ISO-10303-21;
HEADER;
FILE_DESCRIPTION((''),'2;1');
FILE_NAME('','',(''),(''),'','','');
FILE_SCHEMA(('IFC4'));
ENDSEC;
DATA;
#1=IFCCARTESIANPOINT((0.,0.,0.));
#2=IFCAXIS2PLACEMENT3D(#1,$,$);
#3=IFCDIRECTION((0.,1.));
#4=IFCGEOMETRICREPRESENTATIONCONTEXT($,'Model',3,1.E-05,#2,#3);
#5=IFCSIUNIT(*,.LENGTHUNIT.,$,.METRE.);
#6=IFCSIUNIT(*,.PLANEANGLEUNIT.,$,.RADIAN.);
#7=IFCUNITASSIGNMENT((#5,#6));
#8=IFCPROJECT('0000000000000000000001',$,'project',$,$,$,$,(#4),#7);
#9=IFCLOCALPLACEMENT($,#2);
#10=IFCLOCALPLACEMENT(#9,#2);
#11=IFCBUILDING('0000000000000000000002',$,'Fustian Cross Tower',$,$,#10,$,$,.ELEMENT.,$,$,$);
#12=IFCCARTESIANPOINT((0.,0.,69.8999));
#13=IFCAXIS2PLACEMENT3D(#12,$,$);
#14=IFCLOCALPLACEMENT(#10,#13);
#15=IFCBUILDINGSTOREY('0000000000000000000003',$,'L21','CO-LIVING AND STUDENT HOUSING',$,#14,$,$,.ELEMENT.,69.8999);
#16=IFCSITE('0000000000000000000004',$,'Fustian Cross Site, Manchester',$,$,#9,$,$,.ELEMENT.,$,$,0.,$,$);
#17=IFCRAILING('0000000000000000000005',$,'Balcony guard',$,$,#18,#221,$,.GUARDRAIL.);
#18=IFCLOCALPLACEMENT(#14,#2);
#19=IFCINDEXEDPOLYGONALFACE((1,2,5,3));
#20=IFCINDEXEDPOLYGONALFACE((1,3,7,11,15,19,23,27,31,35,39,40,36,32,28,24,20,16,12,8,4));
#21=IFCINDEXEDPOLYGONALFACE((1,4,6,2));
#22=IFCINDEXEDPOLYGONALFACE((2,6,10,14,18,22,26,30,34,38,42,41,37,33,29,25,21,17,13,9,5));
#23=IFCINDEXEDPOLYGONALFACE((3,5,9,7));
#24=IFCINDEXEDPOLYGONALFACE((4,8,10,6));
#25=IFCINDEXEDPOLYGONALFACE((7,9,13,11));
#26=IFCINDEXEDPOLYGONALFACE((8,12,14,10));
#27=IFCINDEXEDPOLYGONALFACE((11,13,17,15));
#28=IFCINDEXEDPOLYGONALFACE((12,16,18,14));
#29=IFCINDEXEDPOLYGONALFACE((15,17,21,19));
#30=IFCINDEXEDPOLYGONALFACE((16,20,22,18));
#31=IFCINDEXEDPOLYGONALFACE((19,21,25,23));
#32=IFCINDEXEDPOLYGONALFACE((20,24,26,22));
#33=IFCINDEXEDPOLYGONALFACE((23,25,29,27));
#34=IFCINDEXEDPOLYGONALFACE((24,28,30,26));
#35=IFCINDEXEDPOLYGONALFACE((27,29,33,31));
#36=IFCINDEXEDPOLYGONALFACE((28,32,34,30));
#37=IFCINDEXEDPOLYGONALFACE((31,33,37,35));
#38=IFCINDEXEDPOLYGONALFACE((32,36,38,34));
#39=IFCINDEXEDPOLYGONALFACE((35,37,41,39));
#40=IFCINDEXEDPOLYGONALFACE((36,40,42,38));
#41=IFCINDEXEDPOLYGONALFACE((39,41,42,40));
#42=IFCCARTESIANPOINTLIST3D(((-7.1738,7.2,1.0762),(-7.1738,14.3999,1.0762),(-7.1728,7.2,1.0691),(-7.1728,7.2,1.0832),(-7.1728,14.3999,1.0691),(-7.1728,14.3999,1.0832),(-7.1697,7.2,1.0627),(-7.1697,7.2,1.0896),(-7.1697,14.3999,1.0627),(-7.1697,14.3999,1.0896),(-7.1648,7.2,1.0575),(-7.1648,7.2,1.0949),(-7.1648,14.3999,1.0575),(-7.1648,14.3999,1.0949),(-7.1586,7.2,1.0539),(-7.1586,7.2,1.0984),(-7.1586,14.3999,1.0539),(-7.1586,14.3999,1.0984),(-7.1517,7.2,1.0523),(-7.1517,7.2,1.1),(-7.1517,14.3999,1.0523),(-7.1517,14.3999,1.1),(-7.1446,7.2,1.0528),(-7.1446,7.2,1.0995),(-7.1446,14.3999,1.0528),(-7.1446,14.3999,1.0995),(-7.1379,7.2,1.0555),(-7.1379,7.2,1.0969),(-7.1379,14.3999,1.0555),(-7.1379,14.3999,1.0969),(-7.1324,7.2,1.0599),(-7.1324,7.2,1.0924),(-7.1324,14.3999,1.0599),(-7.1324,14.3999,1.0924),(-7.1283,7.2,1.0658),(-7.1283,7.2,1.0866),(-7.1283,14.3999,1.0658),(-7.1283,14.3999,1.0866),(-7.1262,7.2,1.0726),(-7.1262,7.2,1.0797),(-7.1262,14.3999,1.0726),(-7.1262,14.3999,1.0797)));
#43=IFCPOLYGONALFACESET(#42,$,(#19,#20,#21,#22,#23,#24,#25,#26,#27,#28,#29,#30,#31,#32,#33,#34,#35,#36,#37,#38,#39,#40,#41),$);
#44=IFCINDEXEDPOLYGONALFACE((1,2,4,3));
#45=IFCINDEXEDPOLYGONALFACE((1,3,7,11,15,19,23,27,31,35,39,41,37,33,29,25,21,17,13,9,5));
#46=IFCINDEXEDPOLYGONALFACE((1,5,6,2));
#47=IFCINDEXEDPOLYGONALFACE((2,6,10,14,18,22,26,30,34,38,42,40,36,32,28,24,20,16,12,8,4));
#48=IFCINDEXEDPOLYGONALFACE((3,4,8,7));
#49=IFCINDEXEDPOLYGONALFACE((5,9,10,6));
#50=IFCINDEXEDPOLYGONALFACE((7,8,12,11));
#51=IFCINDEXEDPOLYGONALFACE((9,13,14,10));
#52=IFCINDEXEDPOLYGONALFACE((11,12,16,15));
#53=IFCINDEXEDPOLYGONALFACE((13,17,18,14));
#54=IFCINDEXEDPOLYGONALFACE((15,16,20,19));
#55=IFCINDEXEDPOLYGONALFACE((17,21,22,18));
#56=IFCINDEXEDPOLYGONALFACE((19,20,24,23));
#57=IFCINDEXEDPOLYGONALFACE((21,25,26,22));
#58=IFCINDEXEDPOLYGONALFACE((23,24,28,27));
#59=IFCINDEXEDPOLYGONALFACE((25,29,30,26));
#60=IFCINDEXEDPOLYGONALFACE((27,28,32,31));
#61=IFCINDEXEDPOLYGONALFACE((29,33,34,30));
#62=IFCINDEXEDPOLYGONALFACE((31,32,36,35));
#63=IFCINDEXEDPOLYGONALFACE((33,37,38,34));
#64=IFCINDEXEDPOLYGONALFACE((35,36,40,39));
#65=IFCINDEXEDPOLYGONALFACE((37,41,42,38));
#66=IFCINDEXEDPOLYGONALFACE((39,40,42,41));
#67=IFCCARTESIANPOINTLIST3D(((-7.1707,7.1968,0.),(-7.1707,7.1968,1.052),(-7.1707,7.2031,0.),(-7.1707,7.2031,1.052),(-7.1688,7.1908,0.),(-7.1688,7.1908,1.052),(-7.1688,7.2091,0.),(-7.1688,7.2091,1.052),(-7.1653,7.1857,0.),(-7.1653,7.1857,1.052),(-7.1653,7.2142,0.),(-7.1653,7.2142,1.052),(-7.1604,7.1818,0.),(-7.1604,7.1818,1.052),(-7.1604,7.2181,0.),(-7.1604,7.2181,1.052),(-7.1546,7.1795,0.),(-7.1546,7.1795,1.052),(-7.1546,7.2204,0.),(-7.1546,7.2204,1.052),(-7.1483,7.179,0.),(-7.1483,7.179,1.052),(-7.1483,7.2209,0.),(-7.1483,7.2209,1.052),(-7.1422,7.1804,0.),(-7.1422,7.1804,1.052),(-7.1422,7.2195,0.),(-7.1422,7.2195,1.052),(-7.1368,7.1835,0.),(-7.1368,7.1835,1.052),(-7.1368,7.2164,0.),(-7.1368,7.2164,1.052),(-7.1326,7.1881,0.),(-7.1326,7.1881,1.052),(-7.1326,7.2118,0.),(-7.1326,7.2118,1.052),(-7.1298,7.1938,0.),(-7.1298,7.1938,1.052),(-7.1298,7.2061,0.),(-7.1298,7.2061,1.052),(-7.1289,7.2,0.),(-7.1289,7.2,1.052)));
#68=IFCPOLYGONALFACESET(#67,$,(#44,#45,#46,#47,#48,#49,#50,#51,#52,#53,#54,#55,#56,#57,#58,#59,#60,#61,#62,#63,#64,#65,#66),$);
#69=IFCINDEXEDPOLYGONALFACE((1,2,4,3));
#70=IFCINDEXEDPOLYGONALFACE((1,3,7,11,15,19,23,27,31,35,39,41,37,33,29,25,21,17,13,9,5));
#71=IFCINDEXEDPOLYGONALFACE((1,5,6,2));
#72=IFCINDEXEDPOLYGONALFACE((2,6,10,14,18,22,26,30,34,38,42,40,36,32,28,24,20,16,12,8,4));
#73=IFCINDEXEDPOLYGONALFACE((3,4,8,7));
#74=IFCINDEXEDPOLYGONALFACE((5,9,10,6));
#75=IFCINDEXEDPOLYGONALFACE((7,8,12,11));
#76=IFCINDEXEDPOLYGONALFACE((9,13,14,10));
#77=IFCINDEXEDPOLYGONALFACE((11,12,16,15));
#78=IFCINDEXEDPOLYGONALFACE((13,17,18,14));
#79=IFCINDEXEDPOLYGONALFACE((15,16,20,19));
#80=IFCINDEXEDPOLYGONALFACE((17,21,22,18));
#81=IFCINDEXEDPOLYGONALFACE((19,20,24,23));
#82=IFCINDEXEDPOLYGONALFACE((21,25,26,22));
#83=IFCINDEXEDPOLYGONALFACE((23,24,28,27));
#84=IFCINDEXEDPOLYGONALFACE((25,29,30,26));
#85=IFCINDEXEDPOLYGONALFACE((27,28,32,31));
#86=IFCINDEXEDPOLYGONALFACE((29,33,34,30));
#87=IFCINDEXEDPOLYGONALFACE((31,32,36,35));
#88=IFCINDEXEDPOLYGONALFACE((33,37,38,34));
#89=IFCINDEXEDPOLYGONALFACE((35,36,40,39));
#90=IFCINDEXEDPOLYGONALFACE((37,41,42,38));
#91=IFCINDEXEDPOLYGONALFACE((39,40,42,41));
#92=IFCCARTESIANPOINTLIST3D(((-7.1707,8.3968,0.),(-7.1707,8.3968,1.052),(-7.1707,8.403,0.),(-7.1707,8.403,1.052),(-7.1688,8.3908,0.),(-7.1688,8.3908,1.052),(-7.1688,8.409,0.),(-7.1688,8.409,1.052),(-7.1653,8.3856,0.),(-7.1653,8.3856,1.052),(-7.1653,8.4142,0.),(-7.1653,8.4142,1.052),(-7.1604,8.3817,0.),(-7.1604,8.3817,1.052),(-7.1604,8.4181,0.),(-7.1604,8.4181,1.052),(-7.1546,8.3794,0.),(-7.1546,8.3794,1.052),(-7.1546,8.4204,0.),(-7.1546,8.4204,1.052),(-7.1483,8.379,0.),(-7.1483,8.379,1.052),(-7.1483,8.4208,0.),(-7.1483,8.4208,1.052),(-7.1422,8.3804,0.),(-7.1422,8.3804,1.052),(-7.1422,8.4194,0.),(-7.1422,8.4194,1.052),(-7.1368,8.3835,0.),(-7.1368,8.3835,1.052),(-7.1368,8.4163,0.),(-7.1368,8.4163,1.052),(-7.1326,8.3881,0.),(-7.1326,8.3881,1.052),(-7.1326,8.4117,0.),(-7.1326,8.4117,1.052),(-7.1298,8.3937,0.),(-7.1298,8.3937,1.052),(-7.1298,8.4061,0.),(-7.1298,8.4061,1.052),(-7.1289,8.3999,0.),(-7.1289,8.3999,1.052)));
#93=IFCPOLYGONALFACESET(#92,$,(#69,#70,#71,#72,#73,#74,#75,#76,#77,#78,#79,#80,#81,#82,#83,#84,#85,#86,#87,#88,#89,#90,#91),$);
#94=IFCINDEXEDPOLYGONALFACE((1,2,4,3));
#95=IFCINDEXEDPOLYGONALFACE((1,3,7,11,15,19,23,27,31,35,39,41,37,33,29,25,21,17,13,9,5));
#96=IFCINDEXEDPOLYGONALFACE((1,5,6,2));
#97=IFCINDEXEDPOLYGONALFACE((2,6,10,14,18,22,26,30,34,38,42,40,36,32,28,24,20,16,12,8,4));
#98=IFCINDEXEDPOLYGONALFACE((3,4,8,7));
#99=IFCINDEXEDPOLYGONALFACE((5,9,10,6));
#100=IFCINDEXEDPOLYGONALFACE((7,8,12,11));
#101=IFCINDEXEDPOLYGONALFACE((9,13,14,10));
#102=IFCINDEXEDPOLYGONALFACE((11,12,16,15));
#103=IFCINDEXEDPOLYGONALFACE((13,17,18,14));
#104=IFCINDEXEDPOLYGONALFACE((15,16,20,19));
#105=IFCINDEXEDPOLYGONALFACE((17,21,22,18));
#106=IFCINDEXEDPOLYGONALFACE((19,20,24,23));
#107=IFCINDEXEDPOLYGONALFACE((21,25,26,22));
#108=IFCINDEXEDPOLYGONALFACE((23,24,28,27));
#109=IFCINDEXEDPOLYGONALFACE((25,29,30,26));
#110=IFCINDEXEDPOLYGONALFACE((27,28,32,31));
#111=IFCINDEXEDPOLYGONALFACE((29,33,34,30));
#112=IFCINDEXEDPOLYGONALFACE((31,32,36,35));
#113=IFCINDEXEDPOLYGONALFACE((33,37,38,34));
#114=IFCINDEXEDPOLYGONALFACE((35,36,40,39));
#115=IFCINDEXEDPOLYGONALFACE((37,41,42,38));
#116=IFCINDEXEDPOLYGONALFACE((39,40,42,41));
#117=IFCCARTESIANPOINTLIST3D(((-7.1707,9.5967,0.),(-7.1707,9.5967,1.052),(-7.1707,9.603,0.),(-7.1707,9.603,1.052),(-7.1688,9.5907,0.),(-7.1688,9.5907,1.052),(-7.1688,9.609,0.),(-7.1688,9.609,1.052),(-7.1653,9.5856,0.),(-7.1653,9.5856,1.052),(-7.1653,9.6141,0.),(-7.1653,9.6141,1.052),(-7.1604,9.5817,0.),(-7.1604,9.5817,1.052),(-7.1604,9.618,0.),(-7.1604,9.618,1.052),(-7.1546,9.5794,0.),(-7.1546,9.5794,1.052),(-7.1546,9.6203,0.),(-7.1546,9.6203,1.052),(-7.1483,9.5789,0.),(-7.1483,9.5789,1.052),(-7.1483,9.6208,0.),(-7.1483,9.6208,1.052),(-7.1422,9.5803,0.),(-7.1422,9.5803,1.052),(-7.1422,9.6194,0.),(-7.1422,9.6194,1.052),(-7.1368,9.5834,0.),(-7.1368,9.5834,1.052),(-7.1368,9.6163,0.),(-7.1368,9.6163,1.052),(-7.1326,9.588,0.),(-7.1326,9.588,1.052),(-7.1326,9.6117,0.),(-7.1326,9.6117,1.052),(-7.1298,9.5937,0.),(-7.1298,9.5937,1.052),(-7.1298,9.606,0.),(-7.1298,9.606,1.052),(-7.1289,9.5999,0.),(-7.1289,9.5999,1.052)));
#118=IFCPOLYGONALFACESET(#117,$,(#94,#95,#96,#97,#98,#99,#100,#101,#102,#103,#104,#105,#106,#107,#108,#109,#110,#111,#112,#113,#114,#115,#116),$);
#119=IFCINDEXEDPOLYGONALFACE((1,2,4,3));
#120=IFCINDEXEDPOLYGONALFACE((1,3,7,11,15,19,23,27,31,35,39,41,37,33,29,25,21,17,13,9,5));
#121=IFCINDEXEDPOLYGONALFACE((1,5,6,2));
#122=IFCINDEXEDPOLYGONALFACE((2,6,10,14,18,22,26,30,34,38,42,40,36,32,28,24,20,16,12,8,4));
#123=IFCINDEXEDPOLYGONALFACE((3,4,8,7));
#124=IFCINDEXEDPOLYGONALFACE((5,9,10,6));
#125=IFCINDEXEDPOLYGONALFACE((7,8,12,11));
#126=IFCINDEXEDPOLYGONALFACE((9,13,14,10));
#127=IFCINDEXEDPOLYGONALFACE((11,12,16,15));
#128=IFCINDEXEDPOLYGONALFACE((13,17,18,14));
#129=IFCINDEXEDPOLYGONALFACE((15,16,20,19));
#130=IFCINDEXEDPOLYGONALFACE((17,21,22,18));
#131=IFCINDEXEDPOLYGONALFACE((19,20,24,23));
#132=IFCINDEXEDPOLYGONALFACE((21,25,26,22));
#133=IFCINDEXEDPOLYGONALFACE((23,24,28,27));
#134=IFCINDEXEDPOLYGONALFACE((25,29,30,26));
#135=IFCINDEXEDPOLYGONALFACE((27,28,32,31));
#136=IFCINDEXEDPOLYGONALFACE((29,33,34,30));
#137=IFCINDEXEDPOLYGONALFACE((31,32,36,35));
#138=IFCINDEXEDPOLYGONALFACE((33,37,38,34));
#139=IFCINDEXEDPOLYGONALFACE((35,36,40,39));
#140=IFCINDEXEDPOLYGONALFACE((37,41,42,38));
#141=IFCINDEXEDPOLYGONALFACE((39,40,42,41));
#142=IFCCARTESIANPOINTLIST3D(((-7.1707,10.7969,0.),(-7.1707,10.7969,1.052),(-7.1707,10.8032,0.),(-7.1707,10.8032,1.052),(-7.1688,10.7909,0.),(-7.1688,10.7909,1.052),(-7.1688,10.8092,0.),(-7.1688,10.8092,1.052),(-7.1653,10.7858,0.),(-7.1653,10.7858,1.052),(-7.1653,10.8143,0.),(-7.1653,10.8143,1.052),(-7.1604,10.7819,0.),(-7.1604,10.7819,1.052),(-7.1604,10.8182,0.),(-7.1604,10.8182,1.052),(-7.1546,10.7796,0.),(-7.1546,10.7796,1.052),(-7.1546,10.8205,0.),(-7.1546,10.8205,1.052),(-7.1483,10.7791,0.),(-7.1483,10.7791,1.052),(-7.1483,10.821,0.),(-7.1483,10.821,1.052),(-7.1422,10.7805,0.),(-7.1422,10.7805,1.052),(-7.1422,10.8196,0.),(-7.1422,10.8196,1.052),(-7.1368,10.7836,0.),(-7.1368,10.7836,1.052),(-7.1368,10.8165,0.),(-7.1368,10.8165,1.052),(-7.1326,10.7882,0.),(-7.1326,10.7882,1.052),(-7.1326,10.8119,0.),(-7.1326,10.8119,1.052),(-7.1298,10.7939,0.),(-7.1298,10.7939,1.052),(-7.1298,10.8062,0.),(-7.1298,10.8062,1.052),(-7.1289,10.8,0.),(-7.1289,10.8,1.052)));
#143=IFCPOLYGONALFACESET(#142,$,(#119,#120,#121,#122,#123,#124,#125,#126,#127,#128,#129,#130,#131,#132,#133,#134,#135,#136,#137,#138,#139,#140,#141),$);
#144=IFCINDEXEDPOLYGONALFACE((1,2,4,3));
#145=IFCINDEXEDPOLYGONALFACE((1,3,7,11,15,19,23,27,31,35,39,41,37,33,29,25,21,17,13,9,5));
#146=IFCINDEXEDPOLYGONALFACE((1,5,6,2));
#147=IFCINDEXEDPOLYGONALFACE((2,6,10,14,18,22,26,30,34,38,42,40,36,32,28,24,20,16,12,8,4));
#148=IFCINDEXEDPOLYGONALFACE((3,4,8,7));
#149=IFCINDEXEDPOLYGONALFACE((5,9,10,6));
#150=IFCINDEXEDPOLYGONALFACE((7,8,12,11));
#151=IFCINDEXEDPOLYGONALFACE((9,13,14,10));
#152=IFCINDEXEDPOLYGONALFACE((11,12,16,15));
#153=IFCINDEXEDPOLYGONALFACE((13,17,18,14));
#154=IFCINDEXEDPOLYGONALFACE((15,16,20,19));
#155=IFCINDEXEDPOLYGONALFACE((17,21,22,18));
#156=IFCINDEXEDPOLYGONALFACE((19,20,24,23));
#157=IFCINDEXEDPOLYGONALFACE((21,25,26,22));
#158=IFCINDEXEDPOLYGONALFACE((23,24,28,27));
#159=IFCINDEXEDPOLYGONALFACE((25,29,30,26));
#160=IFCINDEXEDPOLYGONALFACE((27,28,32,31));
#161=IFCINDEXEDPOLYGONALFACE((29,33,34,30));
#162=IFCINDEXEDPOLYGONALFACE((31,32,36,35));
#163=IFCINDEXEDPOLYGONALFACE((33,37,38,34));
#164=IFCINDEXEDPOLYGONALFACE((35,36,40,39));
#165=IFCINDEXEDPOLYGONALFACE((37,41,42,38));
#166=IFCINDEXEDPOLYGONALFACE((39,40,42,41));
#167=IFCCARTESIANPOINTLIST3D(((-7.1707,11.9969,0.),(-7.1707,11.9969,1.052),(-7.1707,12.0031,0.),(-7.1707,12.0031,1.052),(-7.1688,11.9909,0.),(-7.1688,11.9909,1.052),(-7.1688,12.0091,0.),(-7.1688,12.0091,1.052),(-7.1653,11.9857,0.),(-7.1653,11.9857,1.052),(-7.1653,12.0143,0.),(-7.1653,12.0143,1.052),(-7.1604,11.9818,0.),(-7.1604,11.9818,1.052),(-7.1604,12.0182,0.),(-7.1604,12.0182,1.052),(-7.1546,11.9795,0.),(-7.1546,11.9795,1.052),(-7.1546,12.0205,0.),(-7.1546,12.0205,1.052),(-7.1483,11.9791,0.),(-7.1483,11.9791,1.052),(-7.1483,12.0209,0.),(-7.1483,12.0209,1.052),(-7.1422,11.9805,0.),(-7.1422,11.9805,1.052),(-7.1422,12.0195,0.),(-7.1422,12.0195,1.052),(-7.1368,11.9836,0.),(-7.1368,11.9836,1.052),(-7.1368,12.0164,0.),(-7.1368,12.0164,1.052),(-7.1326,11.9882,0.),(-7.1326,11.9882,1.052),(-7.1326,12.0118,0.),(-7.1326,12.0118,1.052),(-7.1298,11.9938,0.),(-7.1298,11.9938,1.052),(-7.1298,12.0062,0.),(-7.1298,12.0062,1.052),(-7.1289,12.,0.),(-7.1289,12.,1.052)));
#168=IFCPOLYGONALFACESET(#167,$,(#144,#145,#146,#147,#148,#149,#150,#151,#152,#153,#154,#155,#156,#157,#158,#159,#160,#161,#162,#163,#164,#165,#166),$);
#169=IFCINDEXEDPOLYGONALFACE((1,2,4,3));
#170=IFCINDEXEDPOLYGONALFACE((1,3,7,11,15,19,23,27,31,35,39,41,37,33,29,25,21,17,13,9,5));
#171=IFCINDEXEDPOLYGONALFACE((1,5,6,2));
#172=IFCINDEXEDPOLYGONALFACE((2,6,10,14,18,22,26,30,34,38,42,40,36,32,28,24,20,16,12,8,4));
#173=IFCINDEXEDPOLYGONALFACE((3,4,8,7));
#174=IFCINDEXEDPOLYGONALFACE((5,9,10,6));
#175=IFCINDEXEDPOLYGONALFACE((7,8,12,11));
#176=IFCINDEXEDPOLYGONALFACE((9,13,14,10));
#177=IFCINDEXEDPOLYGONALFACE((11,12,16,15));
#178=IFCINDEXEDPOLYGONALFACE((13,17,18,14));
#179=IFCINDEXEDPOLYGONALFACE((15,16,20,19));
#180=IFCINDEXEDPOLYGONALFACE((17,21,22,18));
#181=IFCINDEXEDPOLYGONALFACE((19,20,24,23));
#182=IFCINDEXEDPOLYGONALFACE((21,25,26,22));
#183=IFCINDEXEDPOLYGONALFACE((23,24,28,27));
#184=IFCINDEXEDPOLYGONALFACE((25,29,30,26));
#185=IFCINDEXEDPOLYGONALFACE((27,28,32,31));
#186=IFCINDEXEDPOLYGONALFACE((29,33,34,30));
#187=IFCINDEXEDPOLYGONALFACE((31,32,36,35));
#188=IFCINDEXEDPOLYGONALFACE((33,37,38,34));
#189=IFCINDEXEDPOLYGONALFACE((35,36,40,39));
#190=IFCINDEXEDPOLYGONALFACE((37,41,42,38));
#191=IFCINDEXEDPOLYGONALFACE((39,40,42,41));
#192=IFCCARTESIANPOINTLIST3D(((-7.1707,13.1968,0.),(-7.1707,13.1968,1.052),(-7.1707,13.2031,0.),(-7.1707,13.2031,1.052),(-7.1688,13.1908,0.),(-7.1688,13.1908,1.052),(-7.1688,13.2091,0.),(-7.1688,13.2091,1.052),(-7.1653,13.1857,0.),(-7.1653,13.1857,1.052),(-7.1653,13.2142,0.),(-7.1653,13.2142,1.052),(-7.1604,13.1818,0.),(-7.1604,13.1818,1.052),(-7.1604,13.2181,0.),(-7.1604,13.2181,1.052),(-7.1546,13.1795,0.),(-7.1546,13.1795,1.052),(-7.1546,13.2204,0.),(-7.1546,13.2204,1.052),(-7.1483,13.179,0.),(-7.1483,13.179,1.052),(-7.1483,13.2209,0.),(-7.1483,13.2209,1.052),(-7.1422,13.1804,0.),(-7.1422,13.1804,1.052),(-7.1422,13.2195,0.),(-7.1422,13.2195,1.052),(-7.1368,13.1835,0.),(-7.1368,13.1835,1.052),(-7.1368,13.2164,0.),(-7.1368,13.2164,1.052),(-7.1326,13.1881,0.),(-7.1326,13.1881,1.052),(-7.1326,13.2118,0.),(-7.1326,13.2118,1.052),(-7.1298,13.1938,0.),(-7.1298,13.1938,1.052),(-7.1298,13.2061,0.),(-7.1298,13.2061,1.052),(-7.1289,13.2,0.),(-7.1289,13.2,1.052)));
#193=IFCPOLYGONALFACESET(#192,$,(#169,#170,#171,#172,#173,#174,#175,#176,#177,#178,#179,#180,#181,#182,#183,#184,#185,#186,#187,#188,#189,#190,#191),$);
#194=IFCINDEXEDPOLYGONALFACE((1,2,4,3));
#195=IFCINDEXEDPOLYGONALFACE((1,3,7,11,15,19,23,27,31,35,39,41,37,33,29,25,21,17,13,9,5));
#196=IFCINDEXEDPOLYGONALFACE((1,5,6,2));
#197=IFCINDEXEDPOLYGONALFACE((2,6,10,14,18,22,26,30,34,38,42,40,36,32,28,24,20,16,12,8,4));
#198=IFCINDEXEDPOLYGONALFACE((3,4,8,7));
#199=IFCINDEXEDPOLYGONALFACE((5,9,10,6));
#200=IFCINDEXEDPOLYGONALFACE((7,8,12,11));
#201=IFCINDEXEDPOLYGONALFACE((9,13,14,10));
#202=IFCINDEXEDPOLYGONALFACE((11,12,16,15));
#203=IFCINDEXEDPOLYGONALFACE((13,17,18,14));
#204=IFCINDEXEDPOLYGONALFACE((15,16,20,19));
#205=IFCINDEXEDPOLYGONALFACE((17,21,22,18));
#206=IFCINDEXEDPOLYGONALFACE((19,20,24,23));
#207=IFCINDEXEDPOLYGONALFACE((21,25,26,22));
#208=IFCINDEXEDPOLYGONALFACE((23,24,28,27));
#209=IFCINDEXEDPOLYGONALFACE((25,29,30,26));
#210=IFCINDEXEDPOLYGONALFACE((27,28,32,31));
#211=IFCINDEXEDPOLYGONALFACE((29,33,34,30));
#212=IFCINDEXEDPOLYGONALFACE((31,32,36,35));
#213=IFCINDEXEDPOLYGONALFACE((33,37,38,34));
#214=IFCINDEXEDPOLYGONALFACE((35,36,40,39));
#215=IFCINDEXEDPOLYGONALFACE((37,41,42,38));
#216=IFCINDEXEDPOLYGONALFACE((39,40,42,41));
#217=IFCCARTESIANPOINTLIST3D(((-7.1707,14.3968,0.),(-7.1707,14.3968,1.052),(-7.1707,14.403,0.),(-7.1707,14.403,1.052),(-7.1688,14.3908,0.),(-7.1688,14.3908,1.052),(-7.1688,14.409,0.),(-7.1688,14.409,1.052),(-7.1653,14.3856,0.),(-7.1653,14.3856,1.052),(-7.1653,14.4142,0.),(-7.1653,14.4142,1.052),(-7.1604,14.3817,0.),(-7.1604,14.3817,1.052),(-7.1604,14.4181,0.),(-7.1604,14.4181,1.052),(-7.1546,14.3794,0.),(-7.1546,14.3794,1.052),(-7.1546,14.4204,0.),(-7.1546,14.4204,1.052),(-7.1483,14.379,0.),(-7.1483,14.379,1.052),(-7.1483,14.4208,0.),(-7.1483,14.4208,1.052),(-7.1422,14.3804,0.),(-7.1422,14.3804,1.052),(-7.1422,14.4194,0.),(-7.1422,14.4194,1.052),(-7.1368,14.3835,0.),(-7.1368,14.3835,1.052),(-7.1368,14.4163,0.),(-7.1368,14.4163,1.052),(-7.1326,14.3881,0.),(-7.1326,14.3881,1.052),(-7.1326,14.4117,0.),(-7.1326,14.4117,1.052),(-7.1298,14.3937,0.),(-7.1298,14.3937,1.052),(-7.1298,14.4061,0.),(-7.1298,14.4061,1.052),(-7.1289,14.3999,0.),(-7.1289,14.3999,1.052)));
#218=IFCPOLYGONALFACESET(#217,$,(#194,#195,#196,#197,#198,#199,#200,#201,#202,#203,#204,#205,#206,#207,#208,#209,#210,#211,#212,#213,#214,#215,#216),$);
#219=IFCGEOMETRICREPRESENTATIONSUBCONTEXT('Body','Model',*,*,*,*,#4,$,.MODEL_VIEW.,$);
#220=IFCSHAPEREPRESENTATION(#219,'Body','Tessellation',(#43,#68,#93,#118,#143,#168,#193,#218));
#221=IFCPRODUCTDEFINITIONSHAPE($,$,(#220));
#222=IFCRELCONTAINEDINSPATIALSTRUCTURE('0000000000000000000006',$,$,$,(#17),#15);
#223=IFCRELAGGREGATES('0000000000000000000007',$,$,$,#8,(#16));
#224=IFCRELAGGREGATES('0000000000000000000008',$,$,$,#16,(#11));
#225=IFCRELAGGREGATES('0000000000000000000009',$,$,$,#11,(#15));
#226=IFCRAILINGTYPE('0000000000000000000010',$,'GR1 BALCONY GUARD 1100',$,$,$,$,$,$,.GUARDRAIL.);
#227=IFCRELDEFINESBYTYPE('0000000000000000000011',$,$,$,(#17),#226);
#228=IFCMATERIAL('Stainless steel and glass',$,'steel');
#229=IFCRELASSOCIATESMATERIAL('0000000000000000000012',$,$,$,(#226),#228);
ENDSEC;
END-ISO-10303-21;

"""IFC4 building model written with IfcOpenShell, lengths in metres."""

from ifc_helpers import new_model, si_unit, direction, frame, origin, origin_2d, place, context, subcontext, project, spatial, circle, extrude, material, type_object, element, save


model = new_model("IFC4")

# Units and contexts
model_context = context("Model", 3, precision=1e-05, world=origin(), true_north=direction((0.0, 1.0)))
body_context = subcontext(model_context, "Body", "Model", "MODEL_VIEW")
ifc_project = project(units=[si_unit("LENGTHUNIT", "METRE"), si_unit("PLANEANGLEUNIT", "RADIAN")], contexts=[model_context])

# Site, building, storey
site_placement = place(None, origin())
site = spatial("IfcSite", under=ifc_project, at=site_placement, Name="Fustian Cross Site, Manchester", CompositionType="ELEMENT", RefElevation=0.0)
building_placement = place(site_placement, origin())
building = spatial("IfcBuilding", under=site, at=building_placement, Name="Fustian Cross Tower", CompositionType="ELEMENT")
storey_placement = place(building_placement, frame((0.0, 0.0, 69.8999)))
storey = spatial("IfcBuildingStorey", under=building, at=storey_placement, Name="L21", Description="CO-LIVING AND STUDENT HOUSING", CompositionType="ELEMENT", Elevation=69.8999)

# Railing
ifc_material_1 = material(Name="Stainless steel and glass", Category="steel")
railing_type = type_object("IfcRailingType", Name="GR1 BALCONY GUARD 1100", PredefinedType="GUARDRAIL", material=ifc_material_1)
railing_placement = place(storey_placement, frame((-7.1499, 7.2, 0.0)))
element("IfcRailing", 1, at=railing_placement, inside=storey, type_object=railing_type, Name="Balcony guard", PredefinedType="GUARDRAIL", context=body_context, shape_type="SweptSolid", body=[
    extrude(circle(Radius=0.0239, at=origin_2d()), frame((0.0, 0.0, 1.0762), z_axis=(0.0, 1.0, 0.0), x_axis=(-1.0, 0.0, 0.0)), (0.0, 0.0, 1.0), 7.2),
    extrude(circle(Radius=0.021, at=origin_2d()), origin(), (0.0, 0.0, 1.0), 1.052),
    extrude(circle(Radius=0.021, at=origin_2d()), frame((0.0, 1.2, 0.0)), (0.0, 0.0, 1.0), 1.052),
    extrude(circle(Radius=0.021, at=origin_2d()), frame((0.0, 2.3999, 0.0)), (0.0, 0.0, 1.0), 1.052),
    extrude(circle(Radius=0.021, at=origin_2d()), frame((0.0, 3.6001, 0.0)), (0.0, 0.0, 1.0), 1.052),
    extrude(circle(Radius=0.021, at=origin_2d()), frame((0.0, 4.8, 0.0)), (0.0, 0.0, 1.0), 1.052),
    extrude(circle(Radius=0.021, at=origin_2d()), frame((0.0, 6.0, 0.0)), (0.0, 0.0, 1.0), 1.052),
    extrude(circle(Radius=0.021, at=origin_2d()), frame((0.0, 7.2, 0.0)), (0.0, 0.0, 1.0), 1.052),
])

save(model, "model.ifc")
